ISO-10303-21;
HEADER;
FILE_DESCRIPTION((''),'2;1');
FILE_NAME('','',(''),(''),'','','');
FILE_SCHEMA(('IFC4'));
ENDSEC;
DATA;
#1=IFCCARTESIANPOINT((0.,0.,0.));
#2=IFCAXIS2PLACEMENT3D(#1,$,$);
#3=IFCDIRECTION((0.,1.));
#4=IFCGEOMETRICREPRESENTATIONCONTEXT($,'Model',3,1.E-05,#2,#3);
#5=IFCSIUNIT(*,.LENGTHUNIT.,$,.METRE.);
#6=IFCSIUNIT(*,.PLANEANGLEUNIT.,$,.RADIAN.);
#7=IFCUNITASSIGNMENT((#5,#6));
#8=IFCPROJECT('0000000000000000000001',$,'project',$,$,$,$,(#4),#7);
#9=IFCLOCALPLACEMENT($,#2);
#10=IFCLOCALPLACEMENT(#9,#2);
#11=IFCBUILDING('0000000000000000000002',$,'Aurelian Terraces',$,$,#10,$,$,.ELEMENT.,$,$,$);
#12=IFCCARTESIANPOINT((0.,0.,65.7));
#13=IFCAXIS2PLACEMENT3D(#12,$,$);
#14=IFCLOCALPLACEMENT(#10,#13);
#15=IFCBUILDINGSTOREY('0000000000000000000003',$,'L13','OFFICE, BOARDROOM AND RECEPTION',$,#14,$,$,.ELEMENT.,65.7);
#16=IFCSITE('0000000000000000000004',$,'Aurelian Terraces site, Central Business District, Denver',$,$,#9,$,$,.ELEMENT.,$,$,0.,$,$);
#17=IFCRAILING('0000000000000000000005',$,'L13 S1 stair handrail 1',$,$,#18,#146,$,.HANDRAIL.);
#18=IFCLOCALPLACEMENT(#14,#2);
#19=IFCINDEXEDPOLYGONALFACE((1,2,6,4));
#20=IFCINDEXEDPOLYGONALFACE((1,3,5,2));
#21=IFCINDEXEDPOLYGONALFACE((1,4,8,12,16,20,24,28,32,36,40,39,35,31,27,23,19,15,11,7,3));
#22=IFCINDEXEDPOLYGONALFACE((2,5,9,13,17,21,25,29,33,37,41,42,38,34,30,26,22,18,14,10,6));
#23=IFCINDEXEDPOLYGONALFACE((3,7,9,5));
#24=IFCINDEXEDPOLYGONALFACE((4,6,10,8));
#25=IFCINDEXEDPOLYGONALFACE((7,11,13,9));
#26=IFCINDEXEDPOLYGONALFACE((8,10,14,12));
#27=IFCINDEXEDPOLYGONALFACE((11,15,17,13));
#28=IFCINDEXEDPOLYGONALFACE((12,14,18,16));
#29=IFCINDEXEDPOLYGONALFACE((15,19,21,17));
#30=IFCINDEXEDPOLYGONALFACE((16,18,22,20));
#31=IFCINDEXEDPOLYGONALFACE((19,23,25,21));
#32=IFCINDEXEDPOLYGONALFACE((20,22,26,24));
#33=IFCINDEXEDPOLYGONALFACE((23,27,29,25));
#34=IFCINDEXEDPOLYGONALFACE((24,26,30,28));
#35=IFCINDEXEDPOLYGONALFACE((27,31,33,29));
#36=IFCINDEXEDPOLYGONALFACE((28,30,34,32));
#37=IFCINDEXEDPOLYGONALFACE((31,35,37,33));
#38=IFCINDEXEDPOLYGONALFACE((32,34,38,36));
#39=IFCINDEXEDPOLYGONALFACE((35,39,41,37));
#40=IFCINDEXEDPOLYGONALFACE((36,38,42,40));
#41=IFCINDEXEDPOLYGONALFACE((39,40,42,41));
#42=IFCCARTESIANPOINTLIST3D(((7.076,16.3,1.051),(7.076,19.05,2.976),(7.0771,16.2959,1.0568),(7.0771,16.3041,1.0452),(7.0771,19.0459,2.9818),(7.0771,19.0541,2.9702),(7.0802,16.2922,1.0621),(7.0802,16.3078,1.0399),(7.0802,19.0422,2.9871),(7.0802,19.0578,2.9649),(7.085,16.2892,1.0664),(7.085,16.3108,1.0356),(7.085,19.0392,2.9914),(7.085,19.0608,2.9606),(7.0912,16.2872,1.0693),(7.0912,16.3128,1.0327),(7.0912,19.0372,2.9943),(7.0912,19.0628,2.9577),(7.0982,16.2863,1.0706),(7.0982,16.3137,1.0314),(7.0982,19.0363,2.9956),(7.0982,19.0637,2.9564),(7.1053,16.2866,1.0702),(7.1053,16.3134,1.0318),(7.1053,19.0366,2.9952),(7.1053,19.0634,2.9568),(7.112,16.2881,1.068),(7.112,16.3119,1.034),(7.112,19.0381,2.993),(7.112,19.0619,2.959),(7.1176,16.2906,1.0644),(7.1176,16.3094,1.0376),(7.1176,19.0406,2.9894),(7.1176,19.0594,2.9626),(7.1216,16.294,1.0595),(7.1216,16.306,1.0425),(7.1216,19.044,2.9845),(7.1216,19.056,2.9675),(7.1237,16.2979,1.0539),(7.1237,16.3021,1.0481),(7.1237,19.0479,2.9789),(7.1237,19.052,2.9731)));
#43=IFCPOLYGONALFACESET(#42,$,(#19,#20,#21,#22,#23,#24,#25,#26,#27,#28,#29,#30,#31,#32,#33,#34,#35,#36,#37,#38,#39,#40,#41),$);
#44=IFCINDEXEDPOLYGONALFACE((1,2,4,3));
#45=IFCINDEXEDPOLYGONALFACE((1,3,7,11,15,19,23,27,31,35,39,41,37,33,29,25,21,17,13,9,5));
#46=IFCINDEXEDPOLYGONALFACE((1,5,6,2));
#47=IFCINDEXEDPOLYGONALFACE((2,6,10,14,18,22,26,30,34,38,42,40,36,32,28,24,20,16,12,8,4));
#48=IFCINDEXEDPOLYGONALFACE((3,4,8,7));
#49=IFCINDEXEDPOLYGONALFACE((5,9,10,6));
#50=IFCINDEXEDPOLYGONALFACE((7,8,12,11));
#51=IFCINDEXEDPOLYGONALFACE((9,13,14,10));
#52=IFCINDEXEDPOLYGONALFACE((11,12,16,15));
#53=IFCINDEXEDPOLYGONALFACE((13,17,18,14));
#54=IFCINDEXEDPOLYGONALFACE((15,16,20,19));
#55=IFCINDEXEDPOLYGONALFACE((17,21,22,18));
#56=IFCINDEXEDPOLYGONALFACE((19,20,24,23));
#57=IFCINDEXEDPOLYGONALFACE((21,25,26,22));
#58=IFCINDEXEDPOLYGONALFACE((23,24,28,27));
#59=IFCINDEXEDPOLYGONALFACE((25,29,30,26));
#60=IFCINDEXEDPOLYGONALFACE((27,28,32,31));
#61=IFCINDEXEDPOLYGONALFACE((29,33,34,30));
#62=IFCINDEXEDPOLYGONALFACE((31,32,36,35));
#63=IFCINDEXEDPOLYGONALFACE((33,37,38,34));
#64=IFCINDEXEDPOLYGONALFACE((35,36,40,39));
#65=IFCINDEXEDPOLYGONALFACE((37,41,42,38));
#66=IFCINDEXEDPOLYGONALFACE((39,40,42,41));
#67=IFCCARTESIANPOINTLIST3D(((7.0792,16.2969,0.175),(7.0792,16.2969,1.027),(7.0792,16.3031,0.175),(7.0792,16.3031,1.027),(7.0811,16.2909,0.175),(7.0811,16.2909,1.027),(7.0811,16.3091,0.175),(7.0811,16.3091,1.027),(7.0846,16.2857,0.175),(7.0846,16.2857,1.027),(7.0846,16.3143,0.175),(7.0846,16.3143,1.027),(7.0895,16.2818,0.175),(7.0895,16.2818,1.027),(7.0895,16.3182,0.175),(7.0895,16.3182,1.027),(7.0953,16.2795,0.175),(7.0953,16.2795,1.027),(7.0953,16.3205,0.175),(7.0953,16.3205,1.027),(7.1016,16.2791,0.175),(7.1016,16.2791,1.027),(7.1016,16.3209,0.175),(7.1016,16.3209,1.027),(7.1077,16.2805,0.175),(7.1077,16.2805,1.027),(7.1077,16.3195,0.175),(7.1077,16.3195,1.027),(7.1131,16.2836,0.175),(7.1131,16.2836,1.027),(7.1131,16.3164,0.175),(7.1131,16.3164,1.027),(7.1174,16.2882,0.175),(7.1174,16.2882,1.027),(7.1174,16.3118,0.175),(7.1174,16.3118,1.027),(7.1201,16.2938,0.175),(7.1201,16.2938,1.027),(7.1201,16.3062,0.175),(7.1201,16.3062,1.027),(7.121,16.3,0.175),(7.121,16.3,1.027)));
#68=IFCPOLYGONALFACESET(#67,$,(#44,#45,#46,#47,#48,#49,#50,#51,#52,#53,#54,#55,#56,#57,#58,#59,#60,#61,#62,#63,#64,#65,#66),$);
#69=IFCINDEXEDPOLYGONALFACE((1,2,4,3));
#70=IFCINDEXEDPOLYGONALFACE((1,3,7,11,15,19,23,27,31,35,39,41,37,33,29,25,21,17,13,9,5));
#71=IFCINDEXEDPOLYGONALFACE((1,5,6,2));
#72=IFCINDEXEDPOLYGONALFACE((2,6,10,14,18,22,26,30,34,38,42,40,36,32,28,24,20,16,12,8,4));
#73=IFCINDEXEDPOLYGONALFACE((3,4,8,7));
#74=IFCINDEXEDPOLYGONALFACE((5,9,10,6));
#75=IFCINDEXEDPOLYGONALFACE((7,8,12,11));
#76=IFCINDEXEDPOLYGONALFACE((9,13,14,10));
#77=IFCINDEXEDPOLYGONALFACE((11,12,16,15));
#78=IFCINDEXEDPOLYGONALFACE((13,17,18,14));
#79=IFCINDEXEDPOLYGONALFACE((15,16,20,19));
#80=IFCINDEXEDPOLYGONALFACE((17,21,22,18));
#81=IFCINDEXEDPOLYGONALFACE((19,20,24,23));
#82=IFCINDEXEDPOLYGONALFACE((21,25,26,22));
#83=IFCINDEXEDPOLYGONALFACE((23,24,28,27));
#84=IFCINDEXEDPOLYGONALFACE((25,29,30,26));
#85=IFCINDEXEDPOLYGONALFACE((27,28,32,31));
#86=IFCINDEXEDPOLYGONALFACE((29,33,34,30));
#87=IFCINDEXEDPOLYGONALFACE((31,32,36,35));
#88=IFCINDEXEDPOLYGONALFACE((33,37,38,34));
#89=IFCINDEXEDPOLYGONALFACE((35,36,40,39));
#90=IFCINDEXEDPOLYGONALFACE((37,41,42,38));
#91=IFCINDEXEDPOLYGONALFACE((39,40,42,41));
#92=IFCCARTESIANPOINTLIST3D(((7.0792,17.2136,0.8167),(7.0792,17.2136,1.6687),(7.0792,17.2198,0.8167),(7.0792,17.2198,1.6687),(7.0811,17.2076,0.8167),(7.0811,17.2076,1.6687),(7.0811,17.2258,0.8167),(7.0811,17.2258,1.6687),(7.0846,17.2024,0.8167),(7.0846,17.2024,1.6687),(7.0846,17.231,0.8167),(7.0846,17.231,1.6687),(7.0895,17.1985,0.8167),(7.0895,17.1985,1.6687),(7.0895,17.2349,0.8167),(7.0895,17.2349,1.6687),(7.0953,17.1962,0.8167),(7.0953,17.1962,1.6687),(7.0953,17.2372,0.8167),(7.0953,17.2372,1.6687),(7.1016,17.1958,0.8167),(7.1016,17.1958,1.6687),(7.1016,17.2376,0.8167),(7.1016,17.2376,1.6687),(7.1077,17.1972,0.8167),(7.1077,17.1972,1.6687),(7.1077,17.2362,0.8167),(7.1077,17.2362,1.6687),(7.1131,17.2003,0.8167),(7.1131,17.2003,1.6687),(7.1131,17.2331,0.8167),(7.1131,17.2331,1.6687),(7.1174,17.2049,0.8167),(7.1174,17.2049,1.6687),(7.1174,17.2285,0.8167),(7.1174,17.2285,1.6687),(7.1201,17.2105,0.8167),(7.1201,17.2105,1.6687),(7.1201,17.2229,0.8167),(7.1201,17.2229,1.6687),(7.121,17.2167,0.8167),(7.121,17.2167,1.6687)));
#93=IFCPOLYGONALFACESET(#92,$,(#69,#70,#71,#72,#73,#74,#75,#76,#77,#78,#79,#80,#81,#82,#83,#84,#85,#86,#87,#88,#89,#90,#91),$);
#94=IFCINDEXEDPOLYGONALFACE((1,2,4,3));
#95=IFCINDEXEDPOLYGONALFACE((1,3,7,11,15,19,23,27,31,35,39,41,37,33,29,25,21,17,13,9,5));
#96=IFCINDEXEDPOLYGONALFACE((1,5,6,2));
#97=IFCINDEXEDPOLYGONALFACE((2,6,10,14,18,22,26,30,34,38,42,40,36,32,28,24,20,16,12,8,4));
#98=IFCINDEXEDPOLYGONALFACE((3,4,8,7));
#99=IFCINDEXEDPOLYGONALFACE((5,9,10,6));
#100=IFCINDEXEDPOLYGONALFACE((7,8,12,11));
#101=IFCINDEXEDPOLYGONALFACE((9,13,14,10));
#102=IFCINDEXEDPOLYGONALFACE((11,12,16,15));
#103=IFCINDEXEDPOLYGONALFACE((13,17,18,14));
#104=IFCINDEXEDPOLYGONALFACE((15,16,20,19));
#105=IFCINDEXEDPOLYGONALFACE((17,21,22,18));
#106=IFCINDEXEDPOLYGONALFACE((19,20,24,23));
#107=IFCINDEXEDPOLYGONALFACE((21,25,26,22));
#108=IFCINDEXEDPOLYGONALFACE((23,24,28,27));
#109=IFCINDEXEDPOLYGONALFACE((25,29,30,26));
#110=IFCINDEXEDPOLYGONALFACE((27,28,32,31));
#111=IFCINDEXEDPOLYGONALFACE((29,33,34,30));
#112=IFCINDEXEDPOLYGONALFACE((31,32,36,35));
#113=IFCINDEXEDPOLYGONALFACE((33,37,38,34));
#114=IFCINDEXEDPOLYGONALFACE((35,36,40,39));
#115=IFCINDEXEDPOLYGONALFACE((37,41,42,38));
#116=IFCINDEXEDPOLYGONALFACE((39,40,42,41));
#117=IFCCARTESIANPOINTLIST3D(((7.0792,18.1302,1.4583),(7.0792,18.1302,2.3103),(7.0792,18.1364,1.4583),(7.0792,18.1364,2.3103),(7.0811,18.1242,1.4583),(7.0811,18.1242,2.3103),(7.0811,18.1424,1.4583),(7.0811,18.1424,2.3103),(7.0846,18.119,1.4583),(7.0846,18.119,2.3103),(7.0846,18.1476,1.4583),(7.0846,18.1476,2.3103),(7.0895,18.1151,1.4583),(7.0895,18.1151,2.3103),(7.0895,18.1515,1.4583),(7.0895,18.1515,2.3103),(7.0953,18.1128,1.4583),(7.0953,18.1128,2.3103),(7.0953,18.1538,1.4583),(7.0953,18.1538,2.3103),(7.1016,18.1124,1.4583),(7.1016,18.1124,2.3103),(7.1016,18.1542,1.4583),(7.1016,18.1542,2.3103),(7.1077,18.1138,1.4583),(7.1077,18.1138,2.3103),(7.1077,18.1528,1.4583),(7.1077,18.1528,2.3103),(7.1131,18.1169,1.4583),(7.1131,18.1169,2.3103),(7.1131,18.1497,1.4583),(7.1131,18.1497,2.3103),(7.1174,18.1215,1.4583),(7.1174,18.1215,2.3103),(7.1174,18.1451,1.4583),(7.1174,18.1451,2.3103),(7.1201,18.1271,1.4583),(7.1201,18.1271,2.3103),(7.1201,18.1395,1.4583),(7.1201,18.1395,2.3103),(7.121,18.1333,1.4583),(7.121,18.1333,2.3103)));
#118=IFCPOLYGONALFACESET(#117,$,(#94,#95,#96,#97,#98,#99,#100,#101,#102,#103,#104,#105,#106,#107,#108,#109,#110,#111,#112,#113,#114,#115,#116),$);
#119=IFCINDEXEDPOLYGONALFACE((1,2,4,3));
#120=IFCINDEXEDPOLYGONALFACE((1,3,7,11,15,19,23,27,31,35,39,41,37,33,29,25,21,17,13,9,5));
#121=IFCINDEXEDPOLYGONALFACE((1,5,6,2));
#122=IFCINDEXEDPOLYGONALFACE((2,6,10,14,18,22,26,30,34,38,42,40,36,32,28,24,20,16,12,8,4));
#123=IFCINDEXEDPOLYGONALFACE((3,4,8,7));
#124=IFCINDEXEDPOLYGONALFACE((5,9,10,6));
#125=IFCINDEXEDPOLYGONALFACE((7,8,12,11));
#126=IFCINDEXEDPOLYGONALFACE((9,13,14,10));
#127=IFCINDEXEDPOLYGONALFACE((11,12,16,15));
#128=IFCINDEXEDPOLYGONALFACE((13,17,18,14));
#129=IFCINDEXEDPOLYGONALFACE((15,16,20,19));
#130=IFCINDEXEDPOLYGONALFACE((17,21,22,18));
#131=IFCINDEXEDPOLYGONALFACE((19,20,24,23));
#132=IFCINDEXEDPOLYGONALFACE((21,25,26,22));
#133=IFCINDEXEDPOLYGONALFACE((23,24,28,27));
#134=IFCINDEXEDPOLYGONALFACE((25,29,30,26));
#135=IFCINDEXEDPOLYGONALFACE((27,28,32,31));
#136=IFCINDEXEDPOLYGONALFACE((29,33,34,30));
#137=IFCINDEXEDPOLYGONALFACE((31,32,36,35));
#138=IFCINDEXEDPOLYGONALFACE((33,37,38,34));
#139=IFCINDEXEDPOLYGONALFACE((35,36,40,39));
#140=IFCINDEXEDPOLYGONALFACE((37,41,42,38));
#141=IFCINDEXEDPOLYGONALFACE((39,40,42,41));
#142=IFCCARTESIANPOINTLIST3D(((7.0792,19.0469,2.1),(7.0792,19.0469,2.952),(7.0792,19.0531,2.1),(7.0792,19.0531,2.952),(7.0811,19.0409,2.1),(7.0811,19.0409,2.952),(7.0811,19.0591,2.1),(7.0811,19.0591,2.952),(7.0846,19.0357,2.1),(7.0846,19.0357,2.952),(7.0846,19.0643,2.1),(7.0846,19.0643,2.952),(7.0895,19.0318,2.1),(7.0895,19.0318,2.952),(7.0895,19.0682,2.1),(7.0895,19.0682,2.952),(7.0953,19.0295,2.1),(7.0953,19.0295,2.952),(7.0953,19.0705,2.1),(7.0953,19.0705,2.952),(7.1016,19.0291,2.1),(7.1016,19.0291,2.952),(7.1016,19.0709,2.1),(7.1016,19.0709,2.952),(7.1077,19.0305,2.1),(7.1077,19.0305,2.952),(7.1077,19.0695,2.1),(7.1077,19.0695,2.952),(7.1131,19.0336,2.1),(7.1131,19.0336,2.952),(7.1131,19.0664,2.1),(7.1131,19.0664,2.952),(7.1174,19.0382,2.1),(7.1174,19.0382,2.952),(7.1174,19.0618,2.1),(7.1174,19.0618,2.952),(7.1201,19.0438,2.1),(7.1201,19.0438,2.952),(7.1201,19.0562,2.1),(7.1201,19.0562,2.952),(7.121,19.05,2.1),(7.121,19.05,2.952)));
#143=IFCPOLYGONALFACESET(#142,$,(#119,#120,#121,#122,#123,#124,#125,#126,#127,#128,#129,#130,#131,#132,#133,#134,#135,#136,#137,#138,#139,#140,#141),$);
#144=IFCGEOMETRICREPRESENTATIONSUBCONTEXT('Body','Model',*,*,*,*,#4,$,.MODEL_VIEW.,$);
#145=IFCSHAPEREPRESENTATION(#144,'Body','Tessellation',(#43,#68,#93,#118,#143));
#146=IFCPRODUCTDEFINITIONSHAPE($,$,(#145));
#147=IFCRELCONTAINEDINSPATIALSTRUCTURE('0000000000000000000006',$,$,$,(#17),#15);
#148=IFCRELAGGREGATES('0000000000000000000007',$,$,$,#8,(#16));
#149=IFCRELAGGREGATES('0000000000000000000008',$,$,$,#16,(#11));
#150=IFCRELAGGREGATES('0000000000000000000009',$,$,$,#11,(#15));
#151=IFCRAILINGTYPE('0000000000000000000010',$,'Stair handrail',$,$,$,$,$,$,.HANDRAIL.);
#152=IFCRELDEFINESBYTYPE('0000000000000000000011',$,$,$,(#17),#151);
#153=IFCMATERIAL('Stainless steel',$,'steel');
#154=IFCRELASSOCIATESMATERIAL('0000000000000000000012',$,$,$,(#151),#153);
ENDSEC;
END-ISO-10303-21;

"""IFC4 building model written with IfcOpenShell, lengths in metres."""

from ifc_helpers import new_model, si_unit, direction, frame, origin, origin_2d, place, context, subcontext, project, spatial, circle, extrude, source, transform, mapped, material, type_object, element, save


model = new_model("IFC4")

# Units and contexts
model_context = context("Model", 3, precision=1e-05, world=origin(), true_north=direction((0.0, 1.0)))
body_context = subcontext(model_context, "Body", "Model", "MODEL_VIEW")
ifc_project = project(units=[si_unit("LENGTHUNIT", "METRE"), si_unit("PLANEANGLEUNIT", "RADIAN")], contexts=[model_context])

# Site, building, storey
site_placement = place(None, origin())
site = spatial("IfcSite", under=ifc_project, at=site_placement, Name="Aurelian Terraces site, Central Business District, Denver", CompositionType="ELEMENT", RefElevation=0.0)
building_placement = place(site_placement, origin())
building = spatial("IfcBuilding", under=site, at=building_placement, Name="Aurelian Terraces", CompositionType="ELEMENT")
storey_placement = place(building_placement, frame((0.0, 0.0, 65.7)))
storey = spatial("IfcBuildingStorey", under=building, at=storey_placement, Name="L13", Description="OFFICE, BOARDROOM AND RECEPTION", CompositionType="ELEMENT", Elevation=65.7)

# Railing
ifc_material_1 = material(Name="Stainless steel", Category="steel")
railing_type_1 = type_object("IfcRailingType", Name="Stair handrail", PredefinedType="HANDRAIL", material=ifc_material_1)
shared_shape_1 = source(origin(), body_context, "Body", "SweptSolid", [
    extrude(circle(Radius=0.024, at=origin_2d()), frame((0.0, 0.0, 0.876), z_axis=(0.0, 0.819232, 0.573462), x_axis=(-1.0, 0.0, 0.0)), (0.0, 0.0, 1.0), 3.3568),
    extrude(circle(Radius=0.021, at=origin_2d()), origin(), (0.0, 0.0, 1.0), 0.852),
    extrude(circle(Radius=0.021, at=origin_2d()), frame((0.0, 0.9167, 0.6417)), (0.0, 0.0, 1.0), 0.852),
    extrude(circle(Radius=0.021, at=origin_2d()), frame((0.0, 1.8333, 1.2833)), (0.0, 0.0, 1.0), 0.852),
    extrude(circle(Radius=0.021, at=origin_2d()), frame((0.0, 2.75, 1.925)), (0.0, 0.0, 1.0), 0.852),
])
railing_1_placement = place(storey_placement, frame((7.1, 16.3, 0.175)))
element("IfcRailing", 1, at=railing_1_placement, inside=storey, type_object=railing_type_1, Name="L13 S1 stair handrail 1", PredefinedType="HANDRAIL", context=body_context, shape_type="MappedRepresentation", body=[
    mapped(shared_shape_1, transform((0.0, 0.0, 0.0), scale=1.0)),
])

save(model, "model.ifc")
